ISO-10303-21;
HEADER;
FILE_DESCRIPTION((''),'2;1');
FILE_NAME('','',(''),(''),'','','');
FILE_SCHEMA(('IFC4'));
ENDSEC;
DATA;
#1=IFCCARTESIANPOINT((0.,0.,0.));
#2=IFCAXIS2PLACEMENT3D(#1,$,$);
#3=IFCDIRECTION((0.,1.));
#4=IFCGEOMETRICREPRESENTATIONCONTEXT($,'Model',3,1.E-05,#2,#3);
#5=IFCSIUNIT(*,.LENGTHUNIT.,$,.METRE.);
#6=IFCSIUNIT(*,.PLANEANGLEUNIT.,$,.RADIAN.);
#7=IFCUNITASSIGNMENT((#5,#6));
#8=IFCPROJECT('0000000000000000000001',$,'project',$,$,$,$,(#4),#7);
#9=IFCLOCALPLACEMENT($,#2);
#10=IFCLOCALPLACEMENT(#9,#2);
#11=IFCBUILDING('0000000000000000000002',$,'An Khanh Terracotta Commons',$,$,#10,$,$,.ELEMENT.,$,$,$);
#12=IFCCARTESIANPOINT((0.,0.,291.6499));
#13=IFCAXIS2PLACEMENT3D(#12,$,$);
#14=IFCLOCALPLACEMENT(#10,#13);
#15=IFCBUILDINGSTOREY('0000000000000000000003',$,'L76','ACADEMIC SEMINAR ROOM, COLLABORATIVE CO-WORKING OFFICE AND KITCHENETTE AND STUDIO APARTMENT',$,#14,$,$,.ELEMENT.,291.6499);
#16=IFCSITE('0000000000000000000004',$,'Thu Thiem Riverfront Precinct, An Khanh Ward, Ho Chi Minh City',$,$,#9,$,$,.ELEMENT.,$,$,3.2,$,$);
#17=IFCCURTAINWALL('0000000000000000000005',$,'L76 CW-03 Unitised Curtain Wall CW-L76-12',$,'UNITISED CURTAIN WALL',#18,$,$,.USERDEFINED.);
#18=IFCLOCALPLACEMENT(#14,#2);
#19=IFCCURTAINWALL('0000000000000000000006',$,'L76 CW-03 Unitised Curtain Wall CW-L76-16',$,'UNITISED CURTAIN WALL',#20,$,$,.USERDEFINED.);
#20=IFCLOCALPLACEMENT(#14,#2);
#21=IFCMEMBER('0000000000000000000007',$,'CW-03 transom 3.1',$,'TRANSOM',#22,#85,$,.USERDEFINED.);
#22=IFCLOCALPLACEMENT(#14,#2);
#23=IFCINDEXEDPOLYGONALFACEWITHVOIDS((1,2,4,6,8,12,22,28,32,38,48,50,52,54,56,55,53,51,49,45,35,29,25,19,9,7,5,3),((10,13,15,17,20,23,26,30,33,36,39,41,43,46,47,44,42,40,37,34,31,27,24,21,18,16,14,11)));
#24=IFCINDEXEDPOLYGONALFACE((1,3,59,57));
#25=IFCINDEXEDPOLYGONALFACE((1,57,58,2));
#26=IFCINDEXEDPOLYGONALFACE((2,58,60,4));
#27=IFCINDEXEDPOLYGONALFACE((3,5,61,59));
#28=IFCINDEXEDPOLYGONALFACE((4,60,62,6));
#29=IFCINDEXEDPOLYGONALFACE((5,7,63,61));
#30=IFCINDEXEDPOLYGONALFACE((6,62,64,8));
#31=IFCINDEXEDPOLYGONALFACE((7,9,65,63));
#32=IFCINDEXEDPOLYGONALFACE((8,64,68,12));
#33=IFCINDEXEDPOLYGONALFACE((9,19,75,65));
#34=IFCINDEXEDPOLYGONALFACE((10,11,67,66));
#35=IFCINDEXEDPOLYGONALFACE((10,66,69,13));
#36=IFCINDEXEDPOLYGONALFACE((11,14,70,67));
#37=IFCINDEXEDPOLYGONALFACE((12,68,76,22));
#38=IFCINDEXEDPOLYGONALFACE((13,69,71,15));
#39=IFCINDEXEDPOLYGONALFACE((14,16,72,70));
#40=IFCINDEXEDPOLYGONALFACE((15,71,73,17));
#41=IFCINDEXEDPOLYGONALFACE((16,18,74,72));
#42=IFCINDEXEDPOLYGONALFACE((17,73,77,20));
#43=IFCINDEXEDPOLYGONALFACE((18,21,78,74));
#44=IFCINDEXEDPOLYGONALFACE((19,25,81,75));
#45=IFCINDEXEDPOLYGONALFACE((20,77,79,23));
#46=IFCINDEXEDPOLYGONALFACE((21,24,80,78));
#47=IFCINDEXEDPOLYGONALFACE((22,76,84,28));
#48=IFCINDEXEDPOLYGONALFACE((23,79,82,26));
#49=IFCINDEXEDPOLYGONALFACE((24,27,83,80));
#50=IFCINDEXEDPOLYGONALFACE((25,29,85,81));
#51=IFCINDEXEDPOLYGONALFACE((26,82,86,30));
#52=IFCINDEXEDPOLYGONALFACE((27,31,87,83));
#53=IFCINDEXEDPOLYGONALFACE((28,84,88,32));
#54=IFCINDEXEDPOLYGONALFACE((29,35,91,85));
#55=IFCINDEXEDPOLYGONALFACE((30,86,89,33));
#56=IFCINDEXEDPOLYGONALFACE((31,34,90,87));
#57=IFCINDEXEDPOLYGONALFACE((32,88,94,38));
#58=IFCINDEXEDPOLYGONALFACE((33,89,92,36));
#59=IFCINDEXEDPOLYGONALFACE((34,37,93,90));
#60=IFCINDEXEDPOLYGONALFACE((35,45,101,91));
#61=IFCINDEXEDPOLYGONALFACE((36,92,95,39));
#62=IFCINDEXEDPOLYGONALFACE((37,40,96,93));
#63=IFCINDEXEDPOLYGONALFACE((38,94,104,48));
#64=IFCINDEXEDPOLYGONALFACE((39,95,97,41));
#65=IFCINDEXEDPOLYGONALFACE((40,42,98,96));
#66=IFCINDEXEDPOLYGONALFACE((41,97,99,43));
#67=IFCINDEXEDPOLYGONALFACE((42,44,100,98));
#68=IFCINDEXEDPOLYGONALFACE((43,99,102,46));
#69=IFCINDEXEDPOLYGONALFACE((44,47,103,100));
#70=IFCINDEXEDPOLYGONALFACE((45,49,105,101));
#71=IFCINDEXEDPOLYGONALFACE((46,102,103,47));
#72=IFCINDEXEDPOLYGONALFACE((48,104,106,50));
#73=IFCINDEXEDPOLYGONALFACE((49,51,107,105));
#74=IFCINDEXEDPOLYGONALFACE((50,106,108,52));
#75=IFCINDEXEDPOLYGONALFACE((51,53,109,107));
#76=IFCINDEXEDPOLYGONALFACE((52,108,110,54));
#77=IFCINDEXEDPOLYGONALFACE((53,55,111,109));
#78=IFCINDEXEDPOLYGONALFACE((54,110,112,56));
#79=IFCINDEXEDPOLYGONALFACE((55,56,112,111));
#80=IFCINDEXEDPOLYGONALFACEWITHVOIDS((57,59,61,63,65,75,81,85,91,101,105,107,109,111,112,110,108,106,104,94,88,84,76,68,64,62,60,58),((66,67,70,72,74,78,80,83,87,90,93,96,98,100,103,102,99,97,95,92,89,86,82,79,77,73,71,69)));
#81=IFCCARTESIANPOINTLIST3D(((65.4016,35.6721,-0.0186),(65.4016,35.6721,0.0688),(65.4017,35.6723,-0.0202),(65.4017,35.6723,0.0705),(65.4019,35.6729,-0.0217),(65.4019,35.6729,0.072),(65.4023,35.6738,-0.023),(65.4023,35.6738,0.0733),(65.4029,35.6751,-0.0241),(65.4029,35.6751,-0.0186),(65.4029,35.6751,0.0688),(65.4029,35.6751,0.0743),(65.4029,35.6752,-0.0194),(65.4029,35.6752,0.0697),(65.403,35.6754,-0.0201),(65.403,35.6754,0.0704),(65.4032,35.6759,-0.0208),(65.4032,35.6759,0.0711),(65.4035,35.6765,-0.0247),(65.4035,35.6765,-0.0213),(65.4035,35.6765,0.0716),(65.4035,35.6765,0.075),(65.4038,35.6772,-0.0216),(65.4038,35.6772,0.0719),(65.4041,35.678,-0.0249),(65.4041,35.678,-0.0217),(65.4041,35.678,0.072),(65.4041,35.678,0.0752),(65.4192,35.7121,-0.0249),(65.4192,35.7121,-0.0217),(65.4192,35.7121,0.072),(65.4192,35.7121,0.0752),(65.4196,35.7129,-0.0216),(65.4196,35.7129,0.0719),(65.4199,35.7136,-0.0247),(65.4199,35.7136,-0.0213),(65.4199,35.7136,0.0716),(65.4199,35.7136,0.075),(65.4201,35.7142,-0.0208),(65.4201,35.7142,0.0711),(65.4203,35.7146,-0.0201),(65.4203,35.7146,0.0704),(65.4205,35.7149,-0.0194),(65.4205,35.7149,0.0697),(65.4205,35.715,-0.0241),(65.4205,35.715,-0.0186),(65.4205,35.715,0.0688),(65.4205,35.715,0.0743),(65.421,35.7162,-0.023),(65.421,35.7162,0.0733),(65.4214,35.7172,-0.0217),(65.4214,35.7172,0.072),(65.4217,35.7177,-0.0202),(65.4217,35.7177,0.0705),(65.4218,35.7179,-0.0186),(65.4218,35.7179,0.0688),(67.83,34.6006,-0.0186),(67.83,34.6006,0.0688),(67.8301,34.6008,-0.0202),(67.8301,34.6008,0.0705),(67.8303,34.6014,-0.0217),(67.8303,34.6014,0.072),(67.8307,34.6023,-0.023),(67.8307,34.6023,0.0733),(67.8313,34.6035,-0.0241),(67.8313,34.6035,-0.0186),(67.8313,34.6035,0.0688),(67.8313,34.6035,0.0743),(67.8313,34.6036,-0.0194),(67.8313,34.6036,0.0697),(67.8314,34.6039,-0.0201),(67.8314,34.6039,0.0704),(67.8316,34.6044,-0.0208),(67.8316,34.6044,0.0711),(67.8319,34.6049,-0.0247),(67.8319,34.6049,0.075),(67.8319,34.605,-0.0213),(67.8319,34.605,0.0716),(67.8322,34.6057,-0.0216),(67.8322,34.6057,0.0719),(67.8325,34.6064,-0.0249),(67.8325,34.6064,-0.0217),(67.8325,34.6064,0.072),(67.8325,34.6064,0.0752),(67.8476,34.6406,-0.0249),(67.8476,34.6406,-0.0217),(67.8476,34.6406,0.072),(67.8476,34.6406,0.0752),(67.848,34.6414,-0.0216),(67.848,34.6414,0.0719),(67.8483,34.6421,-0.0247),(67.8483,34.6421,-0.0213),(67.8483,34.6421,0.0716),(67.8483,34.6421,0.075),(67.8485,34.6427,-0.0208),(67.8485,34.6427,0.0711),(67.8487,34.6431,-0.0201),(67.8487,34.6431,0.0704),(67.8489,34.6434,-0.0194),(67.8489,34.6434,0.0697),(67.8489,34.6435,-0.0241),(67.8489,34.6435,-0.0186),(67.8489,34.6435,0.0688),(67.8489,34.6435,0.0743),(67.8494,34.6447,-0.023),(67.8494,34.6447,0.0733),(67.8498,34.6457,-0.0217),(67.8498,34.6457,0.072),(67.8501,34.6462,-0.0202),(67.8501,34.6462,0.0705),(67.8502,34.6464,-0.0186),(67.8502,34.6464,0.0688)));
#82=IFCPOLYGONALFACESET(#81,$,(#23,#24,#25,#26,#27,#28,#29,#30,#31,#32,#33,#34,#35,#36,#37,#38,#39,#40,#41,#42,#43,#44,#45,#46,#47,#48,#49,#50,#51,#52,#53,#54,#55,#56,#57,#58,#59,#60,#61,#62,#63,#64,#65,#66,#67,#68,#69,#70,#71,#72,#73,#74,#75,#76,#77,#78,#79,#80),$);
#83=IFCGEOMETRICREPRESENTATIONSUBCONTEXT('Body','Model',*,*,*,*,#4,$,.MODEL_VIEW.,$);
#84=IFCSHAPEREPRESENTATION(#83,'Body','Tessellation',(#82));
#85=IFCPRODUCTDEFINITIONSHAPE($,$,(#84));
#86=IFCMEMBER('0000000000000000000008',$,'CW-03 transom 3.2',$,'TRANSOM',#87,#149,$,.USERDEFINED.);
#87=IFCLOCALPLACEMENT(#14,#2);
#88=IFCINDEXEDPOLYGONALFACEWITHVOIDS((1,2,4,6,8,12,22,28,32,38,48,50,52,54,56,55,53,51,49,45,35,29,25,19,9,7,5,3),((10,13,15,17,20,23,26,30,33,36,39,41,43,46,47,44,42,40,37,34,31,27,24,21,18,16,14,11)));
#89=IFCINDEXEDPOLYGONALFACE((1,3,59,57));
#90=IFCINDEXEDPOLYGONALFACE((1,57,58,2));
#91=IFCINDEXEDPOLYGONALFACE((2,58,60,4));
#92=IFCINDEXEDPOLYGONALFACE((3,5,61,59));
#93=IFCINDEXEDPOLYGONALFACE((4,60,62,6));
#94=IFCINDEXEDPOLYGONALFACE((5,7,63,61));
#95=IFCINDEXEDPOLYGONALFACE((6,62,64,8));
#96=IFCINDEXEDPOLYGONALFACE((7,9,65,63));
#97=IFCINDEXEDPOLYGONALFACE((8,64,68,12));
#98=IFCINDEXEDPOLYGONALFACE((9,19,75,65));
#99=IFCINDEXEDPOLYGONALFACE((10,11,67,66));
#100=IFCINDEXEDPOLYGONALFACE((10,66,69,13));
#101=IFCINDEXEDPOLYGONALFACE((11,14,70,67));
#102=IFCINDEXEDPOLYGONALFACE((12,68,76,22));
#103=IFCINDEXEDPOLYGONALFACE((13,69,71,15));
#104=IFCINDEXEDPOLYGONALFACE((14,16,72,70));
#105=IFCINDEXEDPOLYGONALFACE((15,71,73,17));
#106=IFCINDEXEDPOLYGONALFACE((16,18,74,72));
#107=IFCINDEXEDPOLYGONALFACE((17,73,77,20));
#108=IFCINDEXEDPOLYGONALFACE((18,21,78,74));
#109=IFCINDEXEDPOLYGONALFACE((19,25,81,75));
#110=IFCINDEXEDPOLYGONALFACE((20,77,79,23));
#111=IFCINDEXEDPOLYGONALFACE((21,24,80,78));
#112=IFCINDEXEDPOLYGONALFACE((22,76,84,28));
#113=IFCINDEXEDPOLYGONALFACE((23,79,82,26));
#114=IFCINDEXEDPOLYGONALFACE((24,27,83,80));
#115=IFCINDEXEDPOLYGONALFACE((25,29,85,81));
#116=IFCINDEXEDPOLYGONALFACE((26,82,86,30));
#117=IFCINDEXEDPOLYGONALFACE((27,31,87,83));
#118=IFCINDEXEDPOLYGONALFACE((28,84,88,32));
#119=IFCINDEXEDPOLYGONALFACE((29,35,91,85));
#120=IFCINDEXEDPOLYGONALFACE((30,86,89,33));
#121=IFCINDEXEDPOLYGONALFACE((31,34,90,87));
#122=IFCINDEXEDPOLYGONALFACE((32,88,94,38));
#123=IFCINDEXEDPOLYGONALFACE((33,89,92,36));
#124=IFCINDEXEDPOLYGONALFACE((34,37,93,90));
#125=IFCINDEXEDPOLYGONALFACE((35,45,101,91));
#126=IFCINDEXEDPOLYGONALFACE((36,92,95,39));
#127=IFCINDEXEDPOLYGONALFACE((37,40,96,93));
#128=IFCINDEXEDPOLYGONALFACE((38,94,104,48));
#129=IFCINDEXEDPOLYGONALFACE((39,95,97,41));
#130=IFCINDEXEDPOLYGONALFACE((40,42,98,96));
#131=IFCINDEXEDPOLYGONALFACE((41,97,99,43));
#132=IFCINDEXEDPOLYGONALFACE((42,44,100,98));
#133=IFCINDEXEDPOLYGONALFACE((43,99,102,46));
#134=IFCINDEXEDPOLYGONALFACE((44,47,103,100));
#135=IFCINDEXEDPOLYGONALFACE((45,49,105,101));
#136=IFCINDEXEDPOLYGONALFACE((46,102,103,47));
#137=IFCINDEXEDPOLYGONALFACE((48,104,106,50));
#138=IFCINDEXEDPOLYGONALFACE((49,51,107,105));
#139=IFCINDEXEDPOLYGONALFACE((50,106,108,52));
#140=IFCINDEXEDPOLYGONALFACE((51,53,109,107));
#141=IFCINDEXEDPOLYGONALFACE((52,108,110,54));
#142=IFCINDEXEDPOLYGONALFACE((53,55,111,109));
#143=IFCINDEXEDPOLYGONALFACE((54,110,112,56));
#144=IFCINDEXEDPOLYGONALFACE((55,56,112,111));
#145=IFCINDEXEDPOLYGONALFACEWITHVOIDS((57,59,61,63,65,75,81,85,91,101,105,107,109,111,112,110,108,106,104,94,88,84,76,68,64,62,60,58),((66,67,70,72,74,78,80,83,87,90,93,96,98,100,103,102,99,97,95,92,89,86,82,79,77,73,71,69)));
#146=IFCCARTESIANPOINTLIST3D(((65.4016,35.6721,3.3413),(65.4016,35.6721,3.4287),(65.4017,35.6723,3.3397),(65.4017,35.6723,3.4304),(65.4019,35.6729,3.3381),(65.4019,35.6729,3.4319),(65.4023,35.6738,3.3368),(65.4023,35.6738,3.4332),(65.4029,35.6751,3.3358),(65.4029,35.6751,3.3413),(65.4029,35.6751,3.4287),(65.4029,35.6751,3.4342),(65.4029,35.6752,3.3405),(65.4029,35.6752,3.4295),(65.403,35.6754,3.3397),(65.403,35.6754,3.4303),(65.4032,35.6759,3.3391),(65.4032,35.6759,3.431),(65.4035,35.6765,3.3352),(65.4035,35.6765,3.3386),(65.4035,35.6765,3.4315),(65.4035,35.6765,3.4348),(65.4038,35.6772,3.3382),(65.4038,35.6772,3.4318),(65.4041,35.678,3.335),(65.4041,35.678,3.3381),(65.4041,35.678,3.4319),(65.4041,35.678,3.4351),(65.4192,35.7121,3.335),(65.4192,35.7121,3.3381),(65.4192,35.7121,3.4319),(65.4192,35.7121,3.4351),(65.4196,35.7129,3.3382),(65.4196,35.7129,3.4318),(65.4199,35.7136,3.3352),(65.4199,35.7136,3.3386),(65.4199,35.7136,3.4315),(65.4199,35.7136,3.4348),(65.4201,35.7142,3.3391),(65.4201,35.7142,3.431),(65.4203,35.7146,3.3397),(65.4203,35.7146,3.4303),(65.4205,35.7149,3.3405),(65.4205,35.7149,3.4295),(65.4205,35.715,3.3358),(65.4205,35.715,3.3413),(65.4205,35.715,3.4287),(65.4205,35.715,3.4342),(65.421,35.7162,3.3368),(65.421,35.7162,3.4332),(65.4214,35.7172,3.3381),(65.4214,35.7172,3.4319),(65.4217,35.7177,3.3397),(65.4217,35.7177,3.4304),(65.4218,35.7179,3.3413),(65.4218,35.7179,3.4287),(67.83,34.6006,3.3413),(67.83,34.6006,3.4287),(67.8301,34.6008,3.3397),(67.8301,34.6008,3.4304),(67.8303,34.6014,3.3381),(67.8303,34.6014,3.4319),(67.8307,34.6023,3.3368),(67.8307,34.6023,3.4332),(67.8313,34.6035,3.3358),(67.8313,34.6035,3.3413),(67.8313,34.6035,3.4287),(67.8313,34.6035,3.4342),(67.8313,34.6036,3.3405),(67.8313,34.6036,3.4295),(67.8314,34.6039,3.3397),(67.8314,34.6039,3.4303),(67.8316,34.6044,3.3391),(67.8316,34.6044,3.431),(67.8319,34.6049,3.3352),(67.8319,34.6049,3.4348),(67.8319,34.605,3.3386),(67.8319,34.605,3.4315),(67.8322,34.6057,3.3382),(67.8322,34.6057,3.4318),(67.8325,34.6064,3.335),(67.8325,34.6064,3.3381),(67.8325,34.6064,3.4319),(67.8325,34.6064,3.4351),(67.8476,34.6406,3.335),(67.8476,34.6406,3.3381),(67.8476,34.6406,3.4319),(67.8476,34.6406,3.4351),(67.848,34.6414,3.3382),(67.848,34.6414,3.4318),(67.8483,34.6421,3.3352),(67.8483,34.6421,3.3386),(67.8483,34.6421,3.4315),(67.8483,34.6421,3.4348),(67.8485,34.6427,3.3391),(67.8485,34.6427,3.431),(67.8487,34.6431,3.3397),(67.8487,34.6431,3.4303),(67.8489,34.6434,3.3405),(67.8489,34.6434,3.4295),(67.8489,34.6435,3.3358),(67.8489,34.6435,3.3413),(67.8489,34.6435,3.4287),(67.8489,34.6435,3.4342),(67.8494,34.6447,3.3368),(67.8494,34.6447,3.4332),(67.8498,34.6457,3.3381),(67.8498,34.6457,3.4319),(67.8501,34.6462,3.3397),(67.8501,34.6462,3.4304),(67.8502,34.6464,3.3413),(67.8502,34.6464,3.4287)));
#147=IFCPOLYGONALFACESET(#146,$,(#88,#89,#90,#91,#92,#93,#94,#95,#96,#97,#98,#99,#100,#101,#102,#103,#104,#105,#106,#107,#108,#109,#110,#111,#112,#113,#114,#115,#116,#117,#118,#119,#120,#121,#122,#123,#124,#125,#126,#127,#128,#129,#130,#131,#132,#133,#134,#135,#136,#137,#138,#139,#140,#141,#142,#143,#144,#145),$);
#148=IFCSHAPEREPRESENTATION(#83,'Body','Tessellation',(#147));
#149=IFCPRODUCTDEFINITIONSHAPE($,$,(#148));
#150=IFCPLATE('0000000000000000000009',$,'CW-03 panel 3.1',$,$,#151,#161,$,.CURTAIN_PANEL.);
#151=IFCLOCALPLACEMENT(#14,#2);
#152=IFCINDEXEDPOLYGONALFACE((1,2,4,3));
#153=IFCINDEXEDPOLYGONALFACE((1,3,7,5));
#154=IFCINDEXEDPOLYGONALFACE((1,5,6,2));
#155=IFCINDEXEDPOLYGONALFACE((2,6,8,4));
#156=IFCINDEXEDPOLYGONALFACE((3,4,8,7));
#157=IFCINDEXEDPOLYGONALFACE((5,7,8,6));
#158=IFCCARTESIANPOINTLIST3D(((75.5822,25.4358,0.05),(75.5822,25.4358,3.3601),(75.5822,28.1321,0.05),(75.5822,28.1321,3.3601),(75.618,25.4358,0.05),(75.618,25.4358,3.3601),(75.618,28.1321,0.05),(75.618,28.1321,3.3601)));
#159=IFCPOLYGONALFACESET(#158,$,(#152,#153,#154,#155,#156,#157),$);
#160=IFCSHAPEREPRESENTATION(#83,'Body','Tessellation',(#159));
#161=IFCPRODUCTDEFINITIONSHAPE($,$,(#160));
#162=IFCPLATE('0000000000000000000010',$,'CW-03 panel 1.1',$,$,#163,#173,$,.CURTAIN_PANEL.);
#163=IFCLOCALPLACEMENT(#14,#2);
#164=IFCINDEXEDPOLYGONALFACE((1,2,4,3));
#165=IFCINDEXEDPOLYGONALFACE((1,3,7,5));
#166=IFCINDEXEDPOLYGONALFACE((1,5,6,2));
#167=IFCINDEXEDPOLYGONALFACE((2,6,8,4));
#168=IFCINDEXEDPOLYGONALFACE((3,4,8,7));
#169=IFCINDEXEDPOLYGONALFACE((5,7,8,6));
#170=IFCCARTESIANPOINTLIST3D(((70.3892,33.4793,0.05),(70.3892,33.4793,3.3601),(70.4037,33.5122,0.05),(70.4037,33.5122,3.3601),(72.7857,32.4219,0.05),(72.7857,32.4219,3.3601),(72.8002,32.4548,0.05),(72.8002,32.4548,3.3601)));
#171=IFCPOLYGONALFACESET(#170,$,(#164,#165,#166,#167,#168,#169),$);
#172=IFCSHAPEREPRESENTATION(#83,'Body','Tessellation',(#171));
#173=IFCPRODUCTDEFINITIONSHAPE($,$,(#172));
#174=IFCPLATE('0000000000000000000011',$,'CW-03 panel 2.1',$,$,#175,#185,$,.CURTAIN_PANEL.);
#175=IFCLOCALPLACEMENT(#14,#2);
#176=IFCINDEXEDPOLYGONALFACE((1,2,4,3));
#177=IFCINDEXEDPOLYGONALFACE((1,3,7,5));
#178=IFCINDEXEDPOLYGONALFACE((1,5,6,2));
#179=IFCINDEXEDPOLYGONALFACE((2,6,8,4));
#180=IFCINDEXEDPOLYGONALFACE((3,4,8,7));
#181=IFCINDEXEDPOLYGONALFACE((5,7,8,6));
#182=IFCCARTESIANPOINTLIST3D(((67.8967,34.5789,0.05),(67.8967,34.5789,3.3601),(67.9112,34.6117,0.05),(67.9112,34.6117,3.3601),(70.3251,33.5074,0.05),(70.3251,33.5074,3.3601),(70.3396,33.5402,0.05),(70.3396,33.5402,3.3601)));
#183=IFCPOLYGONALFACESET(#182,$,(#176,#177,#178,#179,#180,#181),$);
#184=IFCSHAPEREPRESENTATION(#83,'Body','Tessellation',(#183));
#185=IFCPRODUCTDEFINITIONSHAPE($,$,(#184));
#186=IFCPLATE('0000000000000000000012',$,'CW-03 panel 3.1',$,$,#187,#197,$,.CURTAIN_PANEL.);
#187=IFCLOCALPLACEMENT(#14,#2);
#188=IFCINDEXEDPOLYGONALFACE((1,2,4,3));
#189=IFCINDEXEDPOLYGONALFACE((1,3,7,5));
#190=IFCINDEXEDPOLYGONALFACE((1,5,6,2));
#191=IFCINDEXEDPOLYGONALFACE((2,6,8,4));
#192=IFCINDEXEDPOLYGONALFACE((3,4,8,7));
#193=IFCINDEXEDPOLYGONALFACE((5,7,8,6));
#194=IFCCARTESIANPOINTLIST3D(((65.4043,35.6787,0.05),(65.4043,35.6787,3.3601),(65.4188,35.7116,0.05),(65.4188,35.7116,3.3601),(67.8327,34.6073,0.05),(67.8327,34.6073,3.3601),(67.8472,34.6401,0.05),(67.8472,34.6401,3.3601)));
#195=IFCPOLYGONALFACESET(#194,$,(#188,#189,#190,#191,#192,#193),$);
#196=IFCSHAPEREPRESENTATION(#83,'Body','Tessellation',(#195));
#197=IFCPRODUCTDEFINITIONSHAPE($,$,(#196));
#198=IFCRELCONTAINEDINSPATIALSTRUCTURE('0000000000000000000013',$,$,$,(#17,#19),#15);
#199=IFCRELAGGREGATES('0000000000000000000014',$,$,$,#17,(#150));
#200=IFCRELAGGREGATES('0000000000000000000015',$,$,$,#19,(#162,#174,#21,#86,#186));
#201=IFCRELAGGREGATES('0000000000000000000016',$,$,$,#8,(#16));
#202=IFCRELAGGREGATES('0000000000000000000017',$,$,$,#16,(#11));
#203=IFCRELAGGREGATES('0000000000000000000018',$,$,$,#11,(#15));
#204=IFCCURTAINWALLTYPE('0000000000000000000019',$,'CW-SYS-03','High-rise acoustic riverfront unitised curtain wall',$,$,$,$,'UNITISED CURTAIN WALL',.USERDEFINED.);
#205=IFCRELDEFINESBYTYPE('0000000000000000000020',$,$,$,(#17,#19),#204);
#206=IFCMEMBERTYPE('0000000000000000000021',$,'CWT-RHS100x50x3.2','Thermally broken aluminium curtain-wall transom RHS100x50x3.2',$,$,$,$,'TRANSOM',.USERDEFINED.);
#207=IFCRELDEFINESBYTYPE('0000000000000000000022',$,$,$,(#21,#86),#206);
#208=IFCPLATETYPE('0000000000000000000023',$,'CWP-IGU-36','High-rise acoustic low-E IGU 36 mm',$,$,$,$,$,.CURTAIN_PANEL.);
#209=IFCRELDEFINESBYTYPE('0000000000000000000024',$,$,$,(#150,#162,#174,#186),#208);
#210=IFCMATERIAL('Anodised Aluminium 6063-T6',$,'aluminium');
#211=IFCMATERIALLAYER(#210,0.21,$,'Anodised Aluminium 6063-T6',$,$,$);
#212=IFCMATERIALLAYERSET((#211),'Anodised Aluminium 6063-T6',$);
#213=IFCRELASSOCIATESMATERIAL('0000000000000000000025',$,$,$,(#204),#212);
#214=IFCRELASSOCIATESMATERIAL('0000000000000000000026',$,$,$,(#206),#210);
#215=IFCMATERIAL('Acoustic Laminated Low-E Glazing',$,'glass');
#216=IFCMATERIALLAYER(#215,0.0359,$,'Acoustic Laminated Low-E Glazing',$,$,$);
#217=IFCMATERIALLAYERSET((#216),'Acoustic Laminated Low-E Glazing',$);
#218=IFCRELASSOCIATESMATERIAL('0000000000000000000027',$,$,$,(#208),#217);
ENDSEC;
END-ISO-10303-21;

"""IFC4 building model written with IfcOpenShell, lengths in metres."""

from ifc_helpers import new_model, si_unit, direction, frame, origin, origin_2d, place, context, subcontext, project, spatial, rectangle, hollow_rectangle, extrude, material, layer, layer_set, material_profile, profile_set, type_object, element, aggregate, save


model = new_model("IFC4")

# Units and contexts
model_context = context("Model", 3, precision=1e-05, world=origin(), true_north=direction((0.0, 1.0)))
body_context = subcontext(model_context, "Body", "Model", "MODEL_VIEW")
ifc_project = project(units=[si_unit("LENGTHUNIT", "METRE"), si_unit("PLANEANGLEUNIT", "RADIAN")], contexts=[model_context])

# Site, building, storey
site_placement = place(None, origin())
site = spatial("IfcSite", under=ifc_project, at=site_placement, Name="Thu Thiem Riverfront Precinct, An Khanh Ward, Ho Chi Minh City", CompositionType="ELEMENT", RefElevation=3.2)
building_placement = place(site_placement, origin())
building = spatial("IfcBuilding", under=site, at=building_placement, Name="An Khanh Terracotta Commons", CompositionType="ELEMENT")
storey_placement = place(building_placement, frame((0.0, 0.0, 291.6499)))
storey = spatial("IfcBuildingStorey", under=building, at=storey_placement, Name="L76", Description="ACADEMIC SEMINAR ROOM, COLLABORATIVE CO-WORKING OFFICE AND KITCHENETTE AND STUDIO APARTMENT", CompositionType="ELEMENT", Elevation=291.6499)

# Curtain wall
ifc_material_1 = material(Name="Anodised Aluminium 6063-T6", Category="aluminium")
ifc_layer_1 = layer(ifc_material_1, 0.21, Name="Anodised Aluminium 6063-T6")
ifc_layer_set_1 = layer_set([ifc_layer_1], Name="Anodised Aluminium 6063-T6")
curtain_wall_type = type_object("IfcCurtainWallType", Name="CW-SYS-03", Description="High-rise acoustic riverfront unitised curtain wall", ElementType="UNITISED CURTAIN WALL", PredefinedType="USERDEFINED", material=ifc_layer_set_1)
curtain_wall_1_placement = place(storey_placement, origin())
curtain_wall_1 = element("IfcCurtainWall", 1, at=curtain_wall_1_placement, inside=storey, type_object=curtain_wall_type, Name="L76 CW-03 Unitised Curtain Wall CW-L76-12", ObjectType="UNITISED CURTAIN WALL", PredefinedType="USERDEFINED")

# Curtain wall, members
curtain_wall_2_placement = place(storey_placement, origin())
curtain_wall_2 = element("IfcCurtainWall", 2, at=curtain_wall_2_placement, inside=storey, type_object=curtain_wall_type, Name="L76 CW-03 Unitised Curtain Wall CW-L76-16", ObjectType="UNITISED CURTAIN WALL", PredefinedType="USERDEFINED")
ifc_material_profile_1 = material_profile(ifc_material_1, hollow_rectangle(XDim=0.05, YDim=0.1001, WallThickness=0.0032, InnerFilletRadius=0.0032, OuterFilletRadius=0.0063, at=origin_2d()), Name="RHS100x50x3.2")
ifc_profile_set_1 = profile_set([ifc_material_profile_1], Name="Anodised Aluminium 6063-T6")
member_type_1 = type_object("IfcMemberType", Name="CWT-RHS100x50x3.2", Description="Thermally broken aluminium curtain-wall transom RHS100x50x3.2", ElementType="TRANSOM", PredefinedType="USERDEFINED", material=ifc_profile_set_1)
member_1_placement = place(storey_placement, frame((67.8401, 34.6235, 0.0251), z_axis=(-0.914897, 0.403688, 0.0), x_axis=(-0.403688, -0.914897, 0.0)))
member_1 = element("IfcMember", 3, at=member_1_placement, type_object=member_type_1, Name="CW-03 transom 3.1", ObjectType="TRANSOM", PredefinedType="USERDEFINED", context=body_context, shape_type="SweptSolid", body=[
    extrude(hollow_rectangle(XDim=0.05, YDim=0.1001, WallThickness=0.0032, InnerFilletRadius=0.0032, OuterFilletRadius=0.0063, at=origin_2d()), origin(), (0.0, 0.0, 1.0), 2.6543),
])
member_2_placement = place(storey_placement, frame((67.8401, 34.6235, 3.385), z_axis=(-0.914897, 0.403688, 0.0), x_axis=(-0.403688, -0.914897, 0.0)))
member_2 = element("IfcMember", 4, at=member_2_placement, type_object=member_type_1, Name="CW-03 transom 3.2", ObjectType="TRANSOM", PredefinedType="USERDEFINED", context=body_context, shape_type="SweptSolid", body=[
    extrude(hollow_rectangle(XDim=0.05, YDim=0.1001, WallThickness=0.0032, InnerFilletRadius=0.0032, OuterFilletRadius=0.0063, at=origin_2d()), origin(), (0.0, 0.0, 1.0), 2.6543),
])

# Plates
ifc_material_2 = material(Name="Acoustic Laminated Low-E Glazing", Category="glass")
ifc_layer_2 = layer(ifc_material_2, 0.0359, Name="Acoustic Laminated Low-E Glazing")
ifc_layer_set_2 = layer_set([ifc_layer_2], Name="Acoustic Laminated Low-E Glazing")
plate_type = type_object("IfcPlateType", Name="CWP-IGU-36", Description="High-rise acoustic low-E IGU 36 mm", PredefinedType="CURTAIN_PANEL", material=ifc_layer_set_2)
plate_1_placement = place(storey_placement, frame((75.6001, 26.7839, 0.05), z_axis=(0.0, 0.0, 1.0), x_axis=(0.0, 1.0, 0.0)))
plate_1 = element("IfcPlate", 5, at=plate_1_placement, type_object=plate_type, Name="CW-03 panel 3.1", PredefinedType="CURTAIN_PANEL", context=body_context, shape_type="SweptSolid", body=[
    extrude(rectangle(XDim=2.6963, YDim=0.0359, at=origin_2d()), origin(), (0.0, 0.0, 1.0), 3.3101),
])
aggregate(curtain_wall_1, [plate_1])
plate_2_placement = place(storey_placement, frame((71.5947, 32.967, 0.05), z_axis=(0.0, 0.0, 1.0), x_axis=(-0.914902, 0.403676, 0.0)))
plate_2 = element("IfcPlate", 6, at=plate_2_placement, type_object=plate_type, Name="CW-03 panel 1.1", PredefinedType="CURTAIN_PANEL", context=body_context, shape_type="SweptSolid", body=[
    extrude(rectangle(XDim=2.6194, YDim=0.0359, at=origin_2d()), origin(), (0.0, 0.0, 1.0), 3.3101),
])
plate_3_placement = place(storey_placement, frame((69.1182, 34.0596, 0.05), z_axis=(0.0, 0.0, 1.0), x_axis=(-0.914902, 0.403676, 0.0)))
plate_3 = element("IfcPlate", 7, at=plate_3_placement, type_object=plate_type, Name="CW-03 panel 2.1", PredefinedType="CURTAIN_PANEL", context=body_context, shape_type="SweptSolid", body=[
    extrude(rectangle(XDim=2.6543, YDim=0.0359, at=origin_2d()), origin(), (0.0, 0.0, 1.0), 3.3101),
])
plate_4_placement = place(storey_placement, frame((66.6257, 35.1594, 0.05), z_axis=(0.0, 0.0, 1.0), x_axis=(-0.914902, 0.403676, 0.0)))
plate_4 = element("IfcPlate", 8, at=plate_4_placement, type_object=plate_type, Name="CW-03 panel 3.1", PredefinedType="CURTAIN_PANEL", context=body_context, shape_type="SweptSolid", body=[
    extrude(rectangle(XDim=2.6543, YDim=0.0359, at=origin_2d()), origin(), (0.0, 0.0, 1.0), 3.3101),
])
aggregate(curtain_wall_2, [plate_2, plate_3, member_1, member_2, plate_4])

save(model, "model.ifc")
